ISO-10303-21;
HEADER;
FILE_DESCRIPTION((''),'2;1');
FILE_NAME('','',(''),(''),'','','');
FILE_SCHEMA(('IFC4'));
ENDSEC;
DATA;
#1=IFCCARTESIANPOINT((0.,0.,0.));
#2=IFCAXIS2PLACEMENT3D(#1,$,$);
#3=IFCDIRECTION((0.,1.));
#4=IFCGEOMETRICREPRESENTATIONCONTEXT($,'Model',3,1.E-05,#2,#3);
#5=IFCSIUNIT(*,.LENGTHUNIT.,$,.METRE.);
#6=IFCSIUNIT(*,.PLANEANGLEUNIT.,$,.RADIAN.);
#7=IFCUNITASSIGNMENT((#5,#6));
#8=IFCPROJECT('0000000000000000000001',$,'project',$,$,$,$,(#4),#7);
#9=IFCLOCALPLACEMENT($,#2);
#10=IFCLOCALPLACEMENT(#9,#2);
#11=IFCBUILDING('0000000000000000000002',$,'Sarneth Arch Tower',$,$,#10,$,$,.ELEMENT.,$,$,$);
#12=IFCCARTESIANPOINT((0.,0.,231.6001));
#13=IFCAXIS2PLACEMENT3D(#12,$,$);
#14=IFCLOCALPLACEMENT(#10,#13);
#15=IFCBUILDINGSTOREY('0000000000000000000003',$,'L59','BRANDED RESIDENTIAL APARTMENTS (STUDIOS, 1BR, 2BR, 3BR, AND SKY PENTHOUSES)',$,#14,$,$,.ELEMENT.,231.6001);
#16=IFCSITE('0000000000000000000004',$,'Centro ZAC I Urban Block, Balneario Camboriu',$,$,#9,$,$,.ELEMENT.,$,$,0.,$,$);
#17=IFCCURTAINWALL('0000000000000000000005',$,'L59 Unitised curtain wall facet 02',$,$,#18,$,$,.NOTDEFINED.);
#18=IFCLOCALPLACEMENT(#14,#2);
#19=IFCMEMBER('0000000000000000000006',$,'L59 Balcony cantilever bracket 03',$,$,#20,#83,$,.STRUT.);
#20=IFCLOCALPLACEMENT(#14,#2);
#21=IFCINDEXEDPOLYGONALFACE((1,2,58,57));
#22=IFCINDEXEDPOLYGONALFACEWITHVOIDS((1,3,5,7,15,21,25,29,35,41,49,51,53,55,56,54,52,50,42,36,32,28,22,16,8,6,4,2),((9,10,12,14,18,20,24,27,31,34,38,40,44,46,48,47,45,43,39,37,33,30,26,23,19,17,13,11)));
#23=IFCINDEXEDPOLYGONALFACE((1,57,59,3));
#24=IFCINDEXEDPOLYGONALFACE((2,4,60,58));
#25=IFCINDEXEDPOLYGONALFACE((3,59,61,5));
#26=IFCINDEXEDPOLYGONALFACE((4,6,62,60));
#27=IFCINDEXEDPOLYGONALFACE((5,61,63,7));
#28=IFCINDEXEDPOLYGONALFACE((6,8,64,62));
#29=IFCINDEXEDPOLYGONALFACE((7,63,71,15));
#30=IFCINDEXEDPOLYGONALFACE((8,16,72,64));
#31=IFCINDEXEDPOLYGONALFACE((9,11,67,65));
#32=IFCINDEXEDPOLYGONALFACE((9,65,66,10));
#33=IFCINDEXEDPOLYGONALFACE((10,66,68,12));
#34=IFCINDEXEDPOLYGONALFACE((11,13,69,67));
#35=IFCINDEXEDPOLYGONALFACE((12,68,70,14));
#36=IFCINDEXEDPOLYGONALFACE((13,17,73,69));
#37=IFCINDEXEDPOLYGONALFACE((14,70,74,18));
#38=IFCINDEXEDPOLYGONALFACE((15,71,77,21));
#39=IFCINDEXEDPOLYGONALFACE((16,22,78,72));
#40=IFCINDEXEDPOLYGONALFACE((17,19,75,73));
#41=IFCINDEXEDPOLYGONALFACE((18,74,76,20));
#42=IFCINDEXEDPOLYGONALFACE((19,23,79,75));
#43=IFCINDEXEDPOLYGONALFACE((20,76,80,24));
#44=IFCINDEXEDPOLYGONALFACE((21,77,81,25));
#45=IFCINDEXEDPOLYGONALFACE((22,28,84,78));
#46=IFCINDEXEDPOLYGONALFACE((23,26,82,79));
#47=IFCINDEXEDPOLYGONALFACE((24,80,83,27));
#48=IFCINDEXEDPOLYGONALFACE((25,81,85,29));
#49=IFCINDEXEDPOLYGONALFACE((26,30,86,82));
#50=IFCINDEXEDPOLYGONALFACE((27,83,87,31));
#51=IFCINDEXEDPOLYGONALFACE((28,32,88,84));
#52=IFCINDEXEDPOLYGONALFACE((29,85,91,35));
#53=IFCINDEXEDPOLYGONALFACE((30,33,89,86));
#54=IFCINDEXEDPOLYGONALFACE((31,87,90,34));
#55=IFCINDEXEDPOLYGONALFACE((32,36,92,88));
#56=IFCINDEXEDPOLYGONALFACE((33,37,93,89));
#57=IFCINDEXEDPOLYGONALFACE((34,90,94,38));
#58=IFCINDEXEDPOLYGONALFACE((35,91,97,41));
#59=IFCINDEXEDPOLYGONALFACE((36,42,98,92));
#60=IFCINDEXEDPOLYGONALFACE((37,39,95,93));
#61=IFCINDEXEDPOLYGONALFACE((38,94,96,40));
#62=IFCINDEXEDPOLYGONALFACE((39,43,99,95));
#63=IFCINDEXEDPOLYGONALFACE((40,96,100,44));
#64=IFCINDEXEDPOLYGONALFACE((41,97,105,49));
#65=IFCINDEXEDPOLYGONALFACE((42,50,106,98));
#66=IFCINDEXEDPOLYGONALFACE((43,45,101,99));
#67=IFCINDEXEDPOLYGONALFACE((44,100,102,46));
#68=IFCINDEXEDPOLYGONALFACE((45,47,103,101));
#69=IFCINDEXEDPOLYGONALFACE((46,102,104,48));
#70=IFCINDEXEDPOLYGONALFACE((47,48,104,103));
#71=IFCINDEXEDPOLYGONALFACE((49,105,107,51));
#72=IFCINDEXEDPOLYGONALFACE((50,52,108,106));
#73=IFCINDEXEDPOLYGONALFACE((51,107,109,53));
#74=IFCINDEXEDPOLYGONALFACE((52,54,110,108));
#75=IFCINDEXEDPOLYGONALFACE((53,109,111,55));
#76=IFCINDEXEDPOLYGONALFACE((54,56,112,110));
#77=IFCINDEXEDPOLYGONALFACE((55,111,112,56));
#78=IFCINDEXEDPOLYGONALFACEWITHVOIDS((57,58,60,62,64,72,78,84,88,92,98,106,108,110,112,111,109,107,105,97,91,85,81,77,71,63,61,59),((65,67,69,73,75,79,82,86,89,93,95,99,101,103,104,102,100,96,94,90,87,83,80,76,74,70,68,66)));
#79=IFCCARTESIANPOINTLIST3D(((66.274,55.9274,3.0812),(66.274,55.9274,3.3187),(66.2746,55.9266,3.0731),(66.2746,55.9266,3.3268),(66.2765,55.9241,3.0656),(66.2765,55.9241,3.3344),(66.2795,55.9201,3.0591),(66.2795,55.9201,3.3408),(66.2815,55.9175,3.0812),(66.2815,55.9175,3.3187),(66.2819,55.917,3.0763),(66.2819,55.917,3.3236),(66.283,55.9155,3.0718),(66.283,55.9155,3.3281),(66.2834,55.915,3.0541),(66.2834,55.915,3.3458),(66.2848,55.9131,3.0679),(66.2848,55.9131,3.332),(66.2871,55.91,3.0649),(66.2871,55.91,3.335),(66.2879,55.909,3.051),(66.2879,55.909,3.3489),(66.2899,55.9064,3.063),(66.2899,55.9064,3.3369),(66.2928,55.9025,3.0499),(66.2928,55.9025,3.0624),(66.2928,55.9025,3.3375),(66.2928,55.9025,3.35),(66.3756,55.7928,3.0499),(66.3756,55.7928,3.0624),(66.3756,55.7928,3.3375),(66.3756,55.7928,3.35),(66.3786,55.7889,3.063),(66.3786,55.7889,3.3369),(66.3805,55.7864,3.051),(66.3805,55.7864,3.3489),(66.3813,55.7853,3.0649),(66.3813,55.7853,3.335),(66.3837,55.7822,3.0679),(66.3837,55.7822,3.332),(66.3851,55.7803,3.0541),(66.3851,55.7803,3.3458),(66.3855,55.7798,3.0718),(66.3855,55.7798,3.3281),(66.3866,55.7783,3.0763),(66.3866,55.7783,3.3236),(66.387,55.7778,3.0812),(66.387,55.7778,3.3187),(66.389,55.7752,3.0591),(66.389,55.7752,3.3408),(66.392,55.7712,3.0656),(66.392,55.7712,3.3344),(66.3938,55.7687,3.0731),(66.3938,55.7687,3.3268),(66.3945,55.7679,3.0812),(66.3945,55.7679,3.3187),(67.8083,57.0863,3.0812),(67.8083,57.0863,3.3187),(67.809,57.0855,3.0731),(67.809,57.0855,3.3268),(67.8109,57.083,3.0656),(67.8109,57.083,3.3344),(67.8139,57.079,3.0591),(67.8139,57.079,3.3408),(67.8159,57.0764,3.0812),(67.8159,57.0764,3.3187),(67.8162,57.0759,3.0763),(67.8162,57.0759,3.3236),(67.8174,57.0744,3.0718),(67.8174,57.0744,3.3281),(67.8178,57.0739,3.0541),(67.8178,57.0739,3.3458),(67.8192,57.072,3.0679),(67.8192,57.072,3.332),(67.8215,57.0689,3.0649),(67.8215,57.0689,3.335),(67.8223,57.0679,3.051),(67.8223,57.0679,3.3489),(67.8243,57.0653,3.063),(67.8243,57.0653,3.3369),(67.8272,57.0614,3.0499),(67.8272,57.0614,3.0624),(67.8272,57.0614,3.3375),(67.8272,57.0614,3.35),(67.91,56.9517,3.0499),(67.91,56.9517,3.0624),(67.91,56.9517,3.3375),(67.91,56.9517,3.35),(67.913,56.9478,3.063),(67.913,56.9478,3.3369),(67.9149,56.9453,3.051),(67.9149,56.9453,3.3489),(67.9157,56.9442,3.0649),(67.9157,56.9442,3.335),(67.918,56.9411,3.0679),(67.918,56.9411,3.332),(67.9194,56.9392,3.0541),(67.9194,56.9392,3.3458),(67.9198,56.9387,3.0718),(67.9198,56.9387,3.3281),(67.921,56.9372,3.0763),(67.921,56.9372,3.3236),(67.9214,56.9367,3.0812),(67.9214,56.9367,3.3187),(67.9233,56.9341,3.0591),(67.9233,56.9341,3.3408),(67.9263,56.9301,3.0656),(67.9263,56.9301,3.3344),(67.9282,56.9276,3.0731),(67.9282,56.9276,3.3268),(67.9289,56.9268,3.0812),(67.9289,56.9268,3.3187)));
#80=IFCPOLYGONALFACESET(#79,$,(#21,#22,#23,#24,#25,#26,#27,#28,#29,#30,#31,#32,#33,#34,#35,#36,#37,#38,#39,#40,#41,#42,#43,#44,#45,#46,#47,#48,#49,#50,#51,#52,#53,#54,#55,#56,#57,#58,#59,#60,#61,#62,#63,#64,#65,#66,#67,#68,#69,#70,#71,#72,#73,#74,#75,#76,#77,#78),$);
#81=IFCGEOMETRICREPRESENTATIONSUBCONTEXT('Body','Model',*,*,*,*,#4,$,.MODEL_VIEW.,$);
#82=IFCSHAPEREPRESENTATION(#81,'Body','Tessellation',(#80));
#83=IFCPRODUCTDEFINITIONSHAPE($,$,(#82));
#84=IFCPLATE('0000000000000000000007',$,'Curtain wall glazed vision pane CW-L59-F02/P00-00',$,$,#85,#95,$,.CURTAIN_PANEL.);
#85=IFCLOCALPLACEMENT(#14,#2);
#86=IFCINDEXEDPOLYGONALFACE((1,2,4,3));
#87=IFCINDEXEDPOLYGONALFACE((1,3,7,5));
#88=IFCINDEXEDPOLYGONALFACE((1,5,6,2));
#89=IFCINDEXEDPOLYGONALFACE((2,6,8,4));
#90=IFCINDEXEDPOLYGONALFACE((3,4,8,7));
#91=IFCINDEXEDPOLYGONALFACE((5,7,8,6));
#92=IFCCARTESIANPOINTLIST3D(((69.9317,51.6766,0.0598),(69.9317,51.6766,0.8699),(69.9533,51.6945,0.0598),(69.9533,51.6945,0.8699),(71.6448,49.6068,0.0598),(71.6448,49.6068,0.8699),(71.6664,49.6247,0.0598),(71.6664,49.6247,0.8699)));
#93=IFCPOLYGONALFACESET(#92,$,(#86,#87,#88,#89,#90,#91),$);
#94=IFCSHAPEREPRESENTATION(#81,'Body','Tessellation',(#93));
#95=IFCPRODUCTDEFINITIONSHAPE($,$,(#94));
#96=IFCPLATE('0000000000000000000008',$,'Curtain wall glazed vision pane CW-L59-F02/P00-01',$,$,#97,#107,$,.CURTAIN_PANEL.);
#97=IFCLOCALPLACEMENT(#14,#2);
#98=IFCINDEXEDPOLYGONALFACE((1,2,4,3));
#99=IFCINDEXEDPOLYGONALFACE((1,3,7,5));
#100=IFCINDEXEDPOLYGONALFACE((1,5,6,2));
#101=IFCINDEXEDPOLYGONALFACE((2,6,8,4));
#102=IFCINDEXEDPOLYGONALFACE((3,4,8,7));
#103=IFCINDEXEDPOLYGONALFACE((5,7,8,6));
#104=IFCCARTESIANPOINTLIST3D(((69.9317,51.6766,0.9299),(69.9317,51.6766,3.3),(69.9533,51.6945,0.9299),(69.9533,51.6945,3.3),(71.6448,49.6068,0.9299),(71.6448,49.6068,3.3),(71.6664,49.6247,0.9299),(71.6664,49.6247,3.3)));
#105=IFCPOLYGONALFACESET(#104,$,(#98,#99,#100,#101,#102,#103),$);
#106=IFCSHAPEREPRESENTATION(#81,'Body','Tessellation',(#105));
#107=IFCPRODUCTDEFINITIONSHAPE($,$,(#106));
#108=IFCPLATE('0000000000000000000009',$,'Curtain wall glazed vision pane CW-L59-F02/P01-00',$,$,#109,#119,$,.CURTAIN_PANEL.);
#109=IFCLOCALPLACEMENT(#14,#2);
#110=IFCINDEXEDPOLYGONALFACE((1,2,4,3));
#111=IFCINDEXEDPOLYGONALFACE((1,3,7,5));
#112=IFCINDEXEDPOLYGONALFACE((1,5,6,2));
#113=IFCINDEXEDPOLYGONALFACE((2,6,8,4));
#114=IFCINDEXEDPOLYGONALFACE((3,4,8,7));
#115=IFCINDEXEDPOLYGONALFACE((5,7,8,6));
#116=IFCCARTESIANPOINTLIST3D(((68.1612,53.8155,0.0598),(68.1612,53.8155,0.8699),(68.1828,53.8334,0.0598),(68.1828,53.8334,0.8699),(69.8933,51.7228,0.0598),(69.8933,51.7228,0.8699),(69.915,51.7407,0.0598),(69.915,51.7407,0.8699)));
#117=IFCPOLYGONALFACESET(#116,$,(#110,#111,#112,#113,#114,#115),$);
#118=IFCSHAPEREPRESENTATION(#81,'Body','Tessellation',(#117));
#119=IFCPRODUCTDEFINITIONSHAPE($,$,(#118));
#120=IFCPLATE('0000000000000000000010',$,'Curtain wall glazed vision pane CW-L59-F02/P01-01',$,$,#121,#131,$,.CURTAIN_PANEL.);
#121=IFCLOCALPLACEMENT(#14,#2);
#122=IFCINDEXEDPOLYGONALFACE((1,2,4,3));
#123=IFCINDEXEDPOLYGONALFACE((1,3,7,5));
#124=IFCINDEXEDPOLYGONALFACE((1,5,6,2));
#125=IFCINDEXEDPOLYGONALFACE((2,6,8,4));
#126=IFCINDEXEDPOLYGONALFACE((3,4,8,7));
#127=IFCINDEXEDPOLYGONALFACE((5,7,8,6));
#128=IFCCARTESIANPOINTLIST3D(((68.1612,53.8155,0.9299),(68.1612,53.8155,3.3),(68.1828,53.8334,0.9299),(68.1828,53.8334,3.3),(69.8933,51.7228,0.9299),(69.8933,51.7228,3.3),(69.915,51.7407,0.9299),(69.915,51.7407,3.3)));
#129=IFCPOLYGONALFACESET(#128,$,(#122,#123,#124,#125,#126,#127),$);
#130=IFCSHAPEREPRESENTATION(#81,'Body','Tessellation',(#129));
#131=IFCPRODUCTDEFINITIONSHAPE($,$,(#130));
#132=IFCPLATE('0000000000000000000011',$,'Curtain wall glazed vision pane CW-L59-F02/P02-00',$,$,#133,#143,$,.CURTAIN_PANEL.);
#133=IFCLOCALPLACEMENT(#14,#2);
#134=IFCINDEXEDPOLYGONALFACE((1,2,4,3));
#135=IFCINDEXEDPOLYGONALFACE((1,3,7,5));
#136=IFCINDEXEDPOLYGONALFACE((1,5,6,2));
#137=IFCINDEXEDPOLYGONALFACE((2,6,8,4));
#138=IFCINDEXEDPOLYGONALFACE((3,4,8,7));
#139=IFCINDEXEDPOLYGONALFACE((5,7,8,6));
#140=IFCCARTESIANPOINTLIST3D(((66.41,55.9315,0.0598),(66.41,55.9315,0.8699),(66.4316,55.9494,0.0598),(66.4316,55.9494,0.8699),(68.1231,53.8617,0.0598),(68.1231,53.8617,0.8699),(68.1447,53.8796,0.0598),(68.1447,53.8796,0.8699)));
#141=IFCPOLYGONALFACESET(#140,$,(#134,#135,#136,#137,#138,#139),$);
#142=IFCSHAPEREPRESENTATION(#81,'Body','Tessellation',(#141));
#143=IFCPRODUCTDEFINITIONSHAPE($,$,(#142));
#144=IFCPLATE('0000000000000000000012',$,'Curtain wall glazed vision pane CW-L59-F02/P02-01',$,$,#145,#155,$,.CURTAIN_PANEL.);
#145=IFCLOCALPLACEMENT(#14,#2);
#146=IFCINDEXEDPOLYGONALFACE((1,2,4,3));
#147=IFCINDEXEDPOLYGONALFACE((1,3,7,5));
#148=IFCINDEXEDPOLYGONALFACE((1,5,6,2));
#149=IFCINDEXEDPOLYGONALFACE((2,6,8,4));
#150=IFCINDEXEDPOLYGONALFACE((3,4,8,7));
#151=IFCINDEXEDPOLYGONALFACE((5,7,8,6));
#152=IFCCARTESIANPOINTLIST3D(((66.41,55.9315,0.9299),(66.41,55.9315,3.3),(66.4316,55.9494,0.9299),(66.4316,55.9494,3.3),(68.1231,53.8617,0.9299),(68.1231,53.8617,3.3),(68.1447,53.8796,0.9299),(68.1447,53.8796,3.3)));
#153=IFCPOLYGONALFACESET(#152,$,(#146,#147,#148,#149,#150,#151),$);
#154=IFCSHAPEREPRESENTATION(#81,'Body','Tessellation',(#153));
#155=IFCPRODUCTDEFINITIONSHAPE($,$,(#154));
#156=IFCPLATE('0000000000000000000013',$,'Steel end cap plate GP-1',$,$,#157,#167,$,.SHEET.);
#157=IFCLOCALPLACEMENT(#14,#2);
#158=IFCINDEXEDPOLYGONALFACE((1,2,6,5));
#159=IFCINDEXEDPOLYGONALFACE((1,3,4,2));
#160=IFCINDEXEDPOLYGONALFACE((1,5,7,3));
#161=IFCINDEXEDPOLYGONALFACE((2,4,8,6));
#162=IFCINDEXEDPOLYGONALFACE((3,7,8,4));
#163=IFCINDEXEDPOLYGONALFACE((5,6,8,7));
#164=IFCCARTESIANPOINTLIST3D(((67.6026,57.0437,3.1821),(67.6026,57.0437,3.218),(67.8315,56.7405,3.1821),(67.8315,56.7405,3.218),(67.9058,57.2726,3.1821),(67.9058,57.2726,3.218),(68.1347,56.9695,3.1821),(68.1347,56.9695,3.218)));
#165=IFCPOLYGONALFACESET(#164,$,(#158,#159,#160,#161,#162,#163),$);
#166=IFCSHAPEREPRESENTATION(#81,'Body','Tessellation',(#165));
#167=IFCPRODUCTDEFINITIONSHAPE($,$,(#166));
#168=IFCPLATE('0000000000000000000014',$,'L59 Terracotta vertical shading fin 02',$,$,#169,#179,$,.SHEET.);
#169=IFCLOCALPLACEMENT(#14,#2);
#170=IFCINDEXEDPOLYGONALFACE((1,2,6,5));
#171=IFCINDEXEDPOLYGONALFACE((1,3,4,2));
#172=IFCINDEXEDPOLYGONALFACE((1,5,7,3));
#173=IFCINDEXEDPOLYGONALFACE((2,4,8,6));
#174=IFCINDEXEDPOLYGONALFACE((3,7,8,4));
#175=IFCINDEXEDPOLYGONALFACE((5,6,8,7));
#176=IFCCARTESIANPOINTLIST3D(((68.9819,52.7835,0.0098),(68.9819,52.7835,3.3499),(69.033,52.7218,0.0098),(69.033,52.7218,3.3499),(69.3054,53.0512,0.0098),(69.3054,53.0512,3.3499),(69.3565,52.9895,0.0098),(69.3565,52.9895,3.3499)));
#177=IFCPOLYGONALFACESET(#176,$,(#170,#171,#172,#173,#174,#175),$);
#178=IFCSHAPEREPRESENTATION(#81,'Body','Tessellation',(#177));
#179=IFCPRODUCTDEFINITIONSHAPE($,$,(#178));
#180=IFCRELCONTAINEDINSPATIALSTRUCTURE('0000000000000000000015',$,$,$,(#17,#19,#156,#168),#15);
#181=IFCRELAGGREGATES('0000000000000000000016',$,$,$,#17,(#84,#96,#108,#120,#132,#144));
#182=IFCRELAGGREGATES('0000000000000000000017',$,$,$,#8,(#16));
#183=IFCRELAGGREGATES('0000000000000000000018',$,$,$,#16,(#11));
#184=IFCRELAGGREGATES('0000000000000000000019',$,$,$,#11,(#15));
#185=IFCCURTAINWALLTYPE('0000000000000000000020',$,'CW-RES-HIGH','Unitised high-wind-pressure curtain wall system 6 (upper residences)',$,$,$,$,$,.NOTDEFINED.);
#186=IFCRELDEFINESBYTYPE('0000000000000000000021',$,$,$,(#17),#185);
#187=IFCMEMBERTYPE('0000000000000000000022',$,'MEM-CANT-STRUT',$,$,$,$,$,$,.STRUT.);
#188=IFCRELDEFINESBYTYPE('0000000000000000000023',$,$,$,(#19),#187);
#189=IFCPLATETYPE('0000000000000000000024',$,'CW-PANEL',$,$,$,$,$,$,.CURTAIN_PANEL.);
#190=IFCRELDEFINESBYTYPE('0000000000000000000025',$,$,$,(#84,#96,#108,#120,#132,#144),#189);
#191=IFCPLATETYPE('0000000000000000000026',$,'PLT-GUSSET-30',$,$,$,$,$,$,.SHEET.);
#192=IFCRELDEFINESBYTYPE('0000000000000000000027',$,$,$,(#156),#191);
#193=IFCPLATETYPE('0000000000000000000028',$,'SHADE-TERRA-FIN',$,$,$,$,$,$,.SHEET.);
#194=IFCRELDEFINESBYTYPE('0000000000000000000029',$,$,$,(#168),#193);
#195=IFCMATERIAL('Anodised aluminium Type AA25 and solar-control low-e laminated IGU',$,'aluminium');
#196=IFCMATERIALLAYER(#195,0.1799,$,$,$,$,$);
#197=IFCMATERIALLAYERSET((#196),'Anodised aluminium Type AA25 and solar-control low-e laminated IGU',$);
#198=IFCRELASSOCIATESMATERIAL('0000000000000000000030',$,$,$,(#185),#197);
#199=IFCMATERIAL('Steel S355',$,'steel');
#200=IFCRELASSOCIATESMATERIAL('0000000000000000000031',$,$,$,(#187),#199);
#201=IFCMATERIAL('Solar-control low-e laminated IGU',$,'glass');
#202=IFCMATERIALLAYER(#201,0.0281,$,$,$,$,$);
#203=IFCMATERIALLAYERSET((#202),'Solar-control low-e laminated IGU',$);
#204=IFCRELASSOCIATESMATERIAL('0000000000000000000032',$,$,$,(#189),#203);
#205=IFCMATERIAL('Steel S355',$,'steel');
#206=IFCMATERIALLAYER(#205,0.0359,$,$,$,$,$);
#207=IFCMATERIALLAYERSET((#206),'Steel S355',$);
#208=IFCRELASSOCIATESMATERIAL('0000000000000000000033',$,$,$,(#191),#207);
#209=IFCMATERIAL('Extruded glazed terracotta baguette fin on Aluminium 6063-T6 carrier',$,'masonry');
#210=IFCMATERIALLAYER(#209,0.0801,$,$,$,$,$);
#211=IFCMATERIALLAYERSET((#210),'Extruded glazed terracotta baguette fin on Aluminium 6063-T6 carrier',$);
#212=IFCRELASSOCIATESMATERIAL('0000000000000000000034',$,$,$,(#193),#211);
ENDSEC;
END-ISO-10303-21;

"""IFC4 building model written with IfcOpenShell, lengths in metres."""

from ifc_helpers import new_model, si_unit, direction, frame, origin, origin_2d, place, context, subcontext, project, spatial, rectangle, hollow_rectangle, extrude, material, layer, layer_set, material_profile, profile_set, type_object, element, aggregate, save


model = new_model("IFC4")

# Units and contexts
model_context = context("Model", 3, precision=1e-05, world=origin(), true_north=direction((0.0, 1.0)))
body_context = subcontext(model_context, "Body", "Model", "MODEL_VIEW")
ifc_project = project(units=[si_unit("LENGTHUNIT", "METRE"), si_unit("PLANEANGLEUNIT", "RADIAN")], contexts=[model_context])

# Site, building, storey
site_placement = place(None, origin())
site = spatial("IfcSite", under=ifc_project, at=site_placement, Name="Centro ZAC I Urban Block, Balneario Camboriu", CompositionType="ELEMENT", RefElevation=0.0)
building_placement = place(site_placement, origin())
building = spatial("IfcBuilding", under=site, at=building_placement, Name="Sarneth Arch Tower", CompositionType="ELEMENT")
storey_placement = place(building_placement, frame((0.0, 0.0, 231.6001)))
storey = spatial("IfcBuildingStorey", under=building, at=storey_placement, Name="L59", Description="BRANDED RESIDENTIAL APARTMENTS (STUDIOS, 1BR, 2BR, 3BR, AND SKY PENTHOUSES)", CompositionType="ELEMENT", Elevation=231.6001)

# Curtain wall
ifc_material_1 = material(Name="Anodised aluminium Type AA25 and solar-control low-e laminated IGU", Category="aluminium")
ifc_layer_1 = layer(ifc_material_1, 0.1799)
ifc_layer_set_1 = layer_set([ifc_layer_1], Name="Anodised aluminium Type AA25 and solar-control low-e laminated IGU")
curtain_wall_type = type_object("IfcCurtainWallType", Name="CW-RES-HIGH", Description="Unitised high-wind-pressure curtain wall system 6 (upper residences)", PredefinedType="NOTDEFINED", material=ifc_layer_set_1)
curtain_wall_placement = place(storey_placement, origin())
curtain_wall = element("IfcCurtainWall", 1, at=curtain_wall_placement, inside=storey, type_object=curtain_wall_type, Name="L59 Unitised curtain wall facet 02", PredefinedType="NOTDEFINED")

# Member
ifc_material_2 = material(Name="Steel S355", Category="steel")
ifc_material_profile_1 = material_profile(ifc_material_2, hollow_rectangle(XDim=0.2, YDim=0.3, WallThickness=0.0125, InnerFilletRadius=0.0188, OuterFilletRadius=0.0312, at=origin_2d()), Name="RHS300x200x12.5")
ifc_profile_set_1 = profile_set([ifc_material_profile_1], Name="Steel S355")
member_type_1 = type_object("IfcMemberType", Name="MEM-CANT-STRUT", PredefinedType="STRUT", material=ifc_profile_set_1)
member_1_placement = place(storey_placement, frame((66.3342, 55.8477, 3.2), z_axis=(0.797969, 0.602698, 0.0), x_axis=(-0.602698, 0.797969, 0.0)))
element("IfcMember", 2, at=member_1_placement, inside=storey, type_object=member_type_1, Name="L59 Balcony cantilever bracket 03", PredefinedType="STRUT", context=body_context, shape_type="SweptSolid", body=[
    extrude(hollow_rectangle(XDim=0.2, YDim=0.3, WallThickness=0.0125, InnerFilletRadius=0.0188, OuterFilletRadius=0.0312, at=origin_2d()), origin(), (0.0, 0.0, 1.0), 1.9229),
])

# Plates
ifc_material_3 = material(Name="Solar-control low-e laminated IGU", Category="glass")
ifc_layer_2 = layer(ifc_material_3, 0.0281)
ifc_layer_set_2 = layer_set([ifc_layer_2], Name="Solar-control low-e laminated IGU")
plate_type_1 = type_object("IfcPlateType", Name="CW-PANEL", PredefinedType="CURTAIN_PANEL", material=ifc_layer_set_2)
plate_1_placement = place(storey_placement, frame((70.7991, 50.6506, 0.0598), z_axis=(0.0, 0.0, 1.0), x_axis=(-0.63761, 0.770359, 0.0)))
plate_1 = element("IfcPlate", 3, at=plate_1_placement, type_object=plate_type_1, Name="Curtain wall glazed vision pane CW-L59-F02/P00-00", PredefinedType="CURTAIN_PANEL", context=body_context, shape_type="SweptSolid", body=[
    extrude(rectangle(XDim=2.6868, YDim=0.0281, at=origin_2d()), origin(), (0.0, 0.0, 1.0), 0.8101),
])
plate_2_placement = place(storey_placement, frame((70.7991, 50.6506, 0.9299), z_axis=(0.0, 0.0, 1.0), x_axis=(-0.63761, 0.770359, 0.0)))
plate_2 = element("IfcPlate", 4, at=plate_2_placement, type_object=plate_type_1, Name="Curtain wall glazed vision pane CW-L59-F02/P00-01", PredefinedType="CURTAIN_PANEL", context=body_context, shape_type="SweptSolid", body=[
    extrude(rectangle(XDim=2.6868, YDim=0.0281, at=origin_2d()), origin(), (0.0, 0.0, 1.0), 2.3701),
])
plate_3_placement = place(storey_placement, frame((69.0381, 52.7781, 0.0598), z_axis=(0.0, 0.0, 1.0), x_axis=(-0.63761, 0.770359, 0.0)))
plate_3 = element("IfcPlate", 5, at=plate_3_placement, type_object=plate_type_1, Name="Curtain wall glazed vision pane CW-L59-F02/P01-00", PredefinedType="CURTAIN_PANEL", context=body_context, shape_type="SweptSolid", body=[
    extrude(rectangle(XDim=2.7166, YDim=0.0281, at=origin_2d()), origin(), (0.0, 0.0, 1.0), 0.8101),
])
plate_4_placement = place(storey_placement, frame((69.0381, 52.7781, 0.9299), z_axis=(0.0, 0.0, 1.0), x_axis=(-0.63761, 0.770359, 0.0)))
plate_4 = element("IfcPlate", 6, at=plate_4_placement, type_object=plate_type_1, Name="Curtain wall glazed vision pane CW-L59-F02/P01-01", PredefinedType="CURTAIN_PANEL", context=body_context, shape_type="SweptSolid", body=[
    extrude(rectangle(XDim=2.7166, YDim=0.0281, at=origin_2d()), origin(), (0.0, 0.0, 1.0), 2.3701),
])
plate_5_placement = place(storey_placement, frame((67.2773, 54.9055, 0.0598), z_axis=(0.0, 0.0, 1.0), x_axis=(-0.63761, 0.770359, 0.0)))
plate_5 = element("IfcPlate", 7, at=plate_5_placement, type_object=plate_type_1, Name="Curtain wall glazed vision pane CW-L59-F02/P02-00", PredefinedType="CURTAIN_PANEL", context=body_context, shape_type="SweptSolid", body=[
    extrude(rectangle(XDim=2.6868, YDim=0.0281, at=origin_2d()), origin(), (0.0, 0.0, 1.0), 0.8101),
])
plate_6_placement = place(storey_placement, frame((67.2773, 54.9055, 0.9299), z_axis=(0.0, 0.0, 1.0), x_axis=(-0.63761, 0.770359, 0.0)))
plate_6 = element("IfcPlate", 8, at=plate_6_placement, type_object=plate_type_1, Name="Curtain wall glazed vision pane CW-L59-F02/P02-01", PredefinedType="CURTAIN_PANEL", context=body_context, shape_type="SweptSolid", body=[
    extrude(rectangle(XDim=2.6868, YDim=0.0281, at=origin_2d()), origin(), (0.0, 0.0, 1.0), 2.3701),
])
aggregate(curtain_wall, [plate_1, plate_2, plate_3, plate_4, plate_5, plate_6])

# Plates
ifc_material_4 = material(Name="Steel S355", Category="steel")
ifc_layer_3 = layer(ifc_material_4, 0.0359)
ifc_layer_set_3 = layer_set([ifc_layer_3], Name="Steel S355")
plate_type_2 = type_object("IfcPlateType", Name="PLT-GUSSET-30", PredefinedType="SHEET", material=ifc_layer_set_3)
plate_7_placement = place(storey_placement, frame((67.8687, 57.0066, 3.1821), z_axis=(0.0, 0.0, 1.0), x_axis=(0.798005, 0.602651, 0.0)))
element("IfcPlate", 9, at=plate_7_placement, inside=storey, type_object=plate_type_2, Name="Steel end cap plate GP-1", PredefinedType="SHEET", context=body_context, shape_type="SweptSolid", body=[
    extrude(rectangle(XDim=0.3799, YDim=0.3799, at=origin_2d()), origin(), (0.0, 0.0, 1.0), 0.0359),
])
ifc_material_5 = material(Name="Extruded glazed terracotta baguette fin on Aluminium 6063-T6 carrier", Category="masonry")
ifc_layer_4 = layer(ifc_material_5, 0.0801)
ifc_layer_set_4 = layer_set([ifc_layer_4], Name="Extruded glazed terracotta baguette fin on Aluminium 6063-T6 carrier")
plate_type_3 = type_object("IfcPlateType", Name="SHADE-TERRA-FIN", PredefinedType="SHEET", material=ifc_layer_set_4)
plate_8_placement = place(storey_placement, frame((69.1692, 52.8865, 0.0098), z_axis=(0.0, 0.0, 1.0), x_axis=(0.770402, 0.637558, 0.0)))
element("IfcPlate", 10, at=plate_8_placement, inside=storey, type_object=plate_type_3, Name="L59 Terracotta vertical shading fin 02", PredefinedType="SHEET", context=body_context, shape_type="SweptSolid", body=[
    extrude(rectangle(XDim=0.4199, YDim=0.0801, at=origin_2d()), origin(), (0.0, 0.0, 1.0), 3.3401),
])

save(model, "model.ifc")
